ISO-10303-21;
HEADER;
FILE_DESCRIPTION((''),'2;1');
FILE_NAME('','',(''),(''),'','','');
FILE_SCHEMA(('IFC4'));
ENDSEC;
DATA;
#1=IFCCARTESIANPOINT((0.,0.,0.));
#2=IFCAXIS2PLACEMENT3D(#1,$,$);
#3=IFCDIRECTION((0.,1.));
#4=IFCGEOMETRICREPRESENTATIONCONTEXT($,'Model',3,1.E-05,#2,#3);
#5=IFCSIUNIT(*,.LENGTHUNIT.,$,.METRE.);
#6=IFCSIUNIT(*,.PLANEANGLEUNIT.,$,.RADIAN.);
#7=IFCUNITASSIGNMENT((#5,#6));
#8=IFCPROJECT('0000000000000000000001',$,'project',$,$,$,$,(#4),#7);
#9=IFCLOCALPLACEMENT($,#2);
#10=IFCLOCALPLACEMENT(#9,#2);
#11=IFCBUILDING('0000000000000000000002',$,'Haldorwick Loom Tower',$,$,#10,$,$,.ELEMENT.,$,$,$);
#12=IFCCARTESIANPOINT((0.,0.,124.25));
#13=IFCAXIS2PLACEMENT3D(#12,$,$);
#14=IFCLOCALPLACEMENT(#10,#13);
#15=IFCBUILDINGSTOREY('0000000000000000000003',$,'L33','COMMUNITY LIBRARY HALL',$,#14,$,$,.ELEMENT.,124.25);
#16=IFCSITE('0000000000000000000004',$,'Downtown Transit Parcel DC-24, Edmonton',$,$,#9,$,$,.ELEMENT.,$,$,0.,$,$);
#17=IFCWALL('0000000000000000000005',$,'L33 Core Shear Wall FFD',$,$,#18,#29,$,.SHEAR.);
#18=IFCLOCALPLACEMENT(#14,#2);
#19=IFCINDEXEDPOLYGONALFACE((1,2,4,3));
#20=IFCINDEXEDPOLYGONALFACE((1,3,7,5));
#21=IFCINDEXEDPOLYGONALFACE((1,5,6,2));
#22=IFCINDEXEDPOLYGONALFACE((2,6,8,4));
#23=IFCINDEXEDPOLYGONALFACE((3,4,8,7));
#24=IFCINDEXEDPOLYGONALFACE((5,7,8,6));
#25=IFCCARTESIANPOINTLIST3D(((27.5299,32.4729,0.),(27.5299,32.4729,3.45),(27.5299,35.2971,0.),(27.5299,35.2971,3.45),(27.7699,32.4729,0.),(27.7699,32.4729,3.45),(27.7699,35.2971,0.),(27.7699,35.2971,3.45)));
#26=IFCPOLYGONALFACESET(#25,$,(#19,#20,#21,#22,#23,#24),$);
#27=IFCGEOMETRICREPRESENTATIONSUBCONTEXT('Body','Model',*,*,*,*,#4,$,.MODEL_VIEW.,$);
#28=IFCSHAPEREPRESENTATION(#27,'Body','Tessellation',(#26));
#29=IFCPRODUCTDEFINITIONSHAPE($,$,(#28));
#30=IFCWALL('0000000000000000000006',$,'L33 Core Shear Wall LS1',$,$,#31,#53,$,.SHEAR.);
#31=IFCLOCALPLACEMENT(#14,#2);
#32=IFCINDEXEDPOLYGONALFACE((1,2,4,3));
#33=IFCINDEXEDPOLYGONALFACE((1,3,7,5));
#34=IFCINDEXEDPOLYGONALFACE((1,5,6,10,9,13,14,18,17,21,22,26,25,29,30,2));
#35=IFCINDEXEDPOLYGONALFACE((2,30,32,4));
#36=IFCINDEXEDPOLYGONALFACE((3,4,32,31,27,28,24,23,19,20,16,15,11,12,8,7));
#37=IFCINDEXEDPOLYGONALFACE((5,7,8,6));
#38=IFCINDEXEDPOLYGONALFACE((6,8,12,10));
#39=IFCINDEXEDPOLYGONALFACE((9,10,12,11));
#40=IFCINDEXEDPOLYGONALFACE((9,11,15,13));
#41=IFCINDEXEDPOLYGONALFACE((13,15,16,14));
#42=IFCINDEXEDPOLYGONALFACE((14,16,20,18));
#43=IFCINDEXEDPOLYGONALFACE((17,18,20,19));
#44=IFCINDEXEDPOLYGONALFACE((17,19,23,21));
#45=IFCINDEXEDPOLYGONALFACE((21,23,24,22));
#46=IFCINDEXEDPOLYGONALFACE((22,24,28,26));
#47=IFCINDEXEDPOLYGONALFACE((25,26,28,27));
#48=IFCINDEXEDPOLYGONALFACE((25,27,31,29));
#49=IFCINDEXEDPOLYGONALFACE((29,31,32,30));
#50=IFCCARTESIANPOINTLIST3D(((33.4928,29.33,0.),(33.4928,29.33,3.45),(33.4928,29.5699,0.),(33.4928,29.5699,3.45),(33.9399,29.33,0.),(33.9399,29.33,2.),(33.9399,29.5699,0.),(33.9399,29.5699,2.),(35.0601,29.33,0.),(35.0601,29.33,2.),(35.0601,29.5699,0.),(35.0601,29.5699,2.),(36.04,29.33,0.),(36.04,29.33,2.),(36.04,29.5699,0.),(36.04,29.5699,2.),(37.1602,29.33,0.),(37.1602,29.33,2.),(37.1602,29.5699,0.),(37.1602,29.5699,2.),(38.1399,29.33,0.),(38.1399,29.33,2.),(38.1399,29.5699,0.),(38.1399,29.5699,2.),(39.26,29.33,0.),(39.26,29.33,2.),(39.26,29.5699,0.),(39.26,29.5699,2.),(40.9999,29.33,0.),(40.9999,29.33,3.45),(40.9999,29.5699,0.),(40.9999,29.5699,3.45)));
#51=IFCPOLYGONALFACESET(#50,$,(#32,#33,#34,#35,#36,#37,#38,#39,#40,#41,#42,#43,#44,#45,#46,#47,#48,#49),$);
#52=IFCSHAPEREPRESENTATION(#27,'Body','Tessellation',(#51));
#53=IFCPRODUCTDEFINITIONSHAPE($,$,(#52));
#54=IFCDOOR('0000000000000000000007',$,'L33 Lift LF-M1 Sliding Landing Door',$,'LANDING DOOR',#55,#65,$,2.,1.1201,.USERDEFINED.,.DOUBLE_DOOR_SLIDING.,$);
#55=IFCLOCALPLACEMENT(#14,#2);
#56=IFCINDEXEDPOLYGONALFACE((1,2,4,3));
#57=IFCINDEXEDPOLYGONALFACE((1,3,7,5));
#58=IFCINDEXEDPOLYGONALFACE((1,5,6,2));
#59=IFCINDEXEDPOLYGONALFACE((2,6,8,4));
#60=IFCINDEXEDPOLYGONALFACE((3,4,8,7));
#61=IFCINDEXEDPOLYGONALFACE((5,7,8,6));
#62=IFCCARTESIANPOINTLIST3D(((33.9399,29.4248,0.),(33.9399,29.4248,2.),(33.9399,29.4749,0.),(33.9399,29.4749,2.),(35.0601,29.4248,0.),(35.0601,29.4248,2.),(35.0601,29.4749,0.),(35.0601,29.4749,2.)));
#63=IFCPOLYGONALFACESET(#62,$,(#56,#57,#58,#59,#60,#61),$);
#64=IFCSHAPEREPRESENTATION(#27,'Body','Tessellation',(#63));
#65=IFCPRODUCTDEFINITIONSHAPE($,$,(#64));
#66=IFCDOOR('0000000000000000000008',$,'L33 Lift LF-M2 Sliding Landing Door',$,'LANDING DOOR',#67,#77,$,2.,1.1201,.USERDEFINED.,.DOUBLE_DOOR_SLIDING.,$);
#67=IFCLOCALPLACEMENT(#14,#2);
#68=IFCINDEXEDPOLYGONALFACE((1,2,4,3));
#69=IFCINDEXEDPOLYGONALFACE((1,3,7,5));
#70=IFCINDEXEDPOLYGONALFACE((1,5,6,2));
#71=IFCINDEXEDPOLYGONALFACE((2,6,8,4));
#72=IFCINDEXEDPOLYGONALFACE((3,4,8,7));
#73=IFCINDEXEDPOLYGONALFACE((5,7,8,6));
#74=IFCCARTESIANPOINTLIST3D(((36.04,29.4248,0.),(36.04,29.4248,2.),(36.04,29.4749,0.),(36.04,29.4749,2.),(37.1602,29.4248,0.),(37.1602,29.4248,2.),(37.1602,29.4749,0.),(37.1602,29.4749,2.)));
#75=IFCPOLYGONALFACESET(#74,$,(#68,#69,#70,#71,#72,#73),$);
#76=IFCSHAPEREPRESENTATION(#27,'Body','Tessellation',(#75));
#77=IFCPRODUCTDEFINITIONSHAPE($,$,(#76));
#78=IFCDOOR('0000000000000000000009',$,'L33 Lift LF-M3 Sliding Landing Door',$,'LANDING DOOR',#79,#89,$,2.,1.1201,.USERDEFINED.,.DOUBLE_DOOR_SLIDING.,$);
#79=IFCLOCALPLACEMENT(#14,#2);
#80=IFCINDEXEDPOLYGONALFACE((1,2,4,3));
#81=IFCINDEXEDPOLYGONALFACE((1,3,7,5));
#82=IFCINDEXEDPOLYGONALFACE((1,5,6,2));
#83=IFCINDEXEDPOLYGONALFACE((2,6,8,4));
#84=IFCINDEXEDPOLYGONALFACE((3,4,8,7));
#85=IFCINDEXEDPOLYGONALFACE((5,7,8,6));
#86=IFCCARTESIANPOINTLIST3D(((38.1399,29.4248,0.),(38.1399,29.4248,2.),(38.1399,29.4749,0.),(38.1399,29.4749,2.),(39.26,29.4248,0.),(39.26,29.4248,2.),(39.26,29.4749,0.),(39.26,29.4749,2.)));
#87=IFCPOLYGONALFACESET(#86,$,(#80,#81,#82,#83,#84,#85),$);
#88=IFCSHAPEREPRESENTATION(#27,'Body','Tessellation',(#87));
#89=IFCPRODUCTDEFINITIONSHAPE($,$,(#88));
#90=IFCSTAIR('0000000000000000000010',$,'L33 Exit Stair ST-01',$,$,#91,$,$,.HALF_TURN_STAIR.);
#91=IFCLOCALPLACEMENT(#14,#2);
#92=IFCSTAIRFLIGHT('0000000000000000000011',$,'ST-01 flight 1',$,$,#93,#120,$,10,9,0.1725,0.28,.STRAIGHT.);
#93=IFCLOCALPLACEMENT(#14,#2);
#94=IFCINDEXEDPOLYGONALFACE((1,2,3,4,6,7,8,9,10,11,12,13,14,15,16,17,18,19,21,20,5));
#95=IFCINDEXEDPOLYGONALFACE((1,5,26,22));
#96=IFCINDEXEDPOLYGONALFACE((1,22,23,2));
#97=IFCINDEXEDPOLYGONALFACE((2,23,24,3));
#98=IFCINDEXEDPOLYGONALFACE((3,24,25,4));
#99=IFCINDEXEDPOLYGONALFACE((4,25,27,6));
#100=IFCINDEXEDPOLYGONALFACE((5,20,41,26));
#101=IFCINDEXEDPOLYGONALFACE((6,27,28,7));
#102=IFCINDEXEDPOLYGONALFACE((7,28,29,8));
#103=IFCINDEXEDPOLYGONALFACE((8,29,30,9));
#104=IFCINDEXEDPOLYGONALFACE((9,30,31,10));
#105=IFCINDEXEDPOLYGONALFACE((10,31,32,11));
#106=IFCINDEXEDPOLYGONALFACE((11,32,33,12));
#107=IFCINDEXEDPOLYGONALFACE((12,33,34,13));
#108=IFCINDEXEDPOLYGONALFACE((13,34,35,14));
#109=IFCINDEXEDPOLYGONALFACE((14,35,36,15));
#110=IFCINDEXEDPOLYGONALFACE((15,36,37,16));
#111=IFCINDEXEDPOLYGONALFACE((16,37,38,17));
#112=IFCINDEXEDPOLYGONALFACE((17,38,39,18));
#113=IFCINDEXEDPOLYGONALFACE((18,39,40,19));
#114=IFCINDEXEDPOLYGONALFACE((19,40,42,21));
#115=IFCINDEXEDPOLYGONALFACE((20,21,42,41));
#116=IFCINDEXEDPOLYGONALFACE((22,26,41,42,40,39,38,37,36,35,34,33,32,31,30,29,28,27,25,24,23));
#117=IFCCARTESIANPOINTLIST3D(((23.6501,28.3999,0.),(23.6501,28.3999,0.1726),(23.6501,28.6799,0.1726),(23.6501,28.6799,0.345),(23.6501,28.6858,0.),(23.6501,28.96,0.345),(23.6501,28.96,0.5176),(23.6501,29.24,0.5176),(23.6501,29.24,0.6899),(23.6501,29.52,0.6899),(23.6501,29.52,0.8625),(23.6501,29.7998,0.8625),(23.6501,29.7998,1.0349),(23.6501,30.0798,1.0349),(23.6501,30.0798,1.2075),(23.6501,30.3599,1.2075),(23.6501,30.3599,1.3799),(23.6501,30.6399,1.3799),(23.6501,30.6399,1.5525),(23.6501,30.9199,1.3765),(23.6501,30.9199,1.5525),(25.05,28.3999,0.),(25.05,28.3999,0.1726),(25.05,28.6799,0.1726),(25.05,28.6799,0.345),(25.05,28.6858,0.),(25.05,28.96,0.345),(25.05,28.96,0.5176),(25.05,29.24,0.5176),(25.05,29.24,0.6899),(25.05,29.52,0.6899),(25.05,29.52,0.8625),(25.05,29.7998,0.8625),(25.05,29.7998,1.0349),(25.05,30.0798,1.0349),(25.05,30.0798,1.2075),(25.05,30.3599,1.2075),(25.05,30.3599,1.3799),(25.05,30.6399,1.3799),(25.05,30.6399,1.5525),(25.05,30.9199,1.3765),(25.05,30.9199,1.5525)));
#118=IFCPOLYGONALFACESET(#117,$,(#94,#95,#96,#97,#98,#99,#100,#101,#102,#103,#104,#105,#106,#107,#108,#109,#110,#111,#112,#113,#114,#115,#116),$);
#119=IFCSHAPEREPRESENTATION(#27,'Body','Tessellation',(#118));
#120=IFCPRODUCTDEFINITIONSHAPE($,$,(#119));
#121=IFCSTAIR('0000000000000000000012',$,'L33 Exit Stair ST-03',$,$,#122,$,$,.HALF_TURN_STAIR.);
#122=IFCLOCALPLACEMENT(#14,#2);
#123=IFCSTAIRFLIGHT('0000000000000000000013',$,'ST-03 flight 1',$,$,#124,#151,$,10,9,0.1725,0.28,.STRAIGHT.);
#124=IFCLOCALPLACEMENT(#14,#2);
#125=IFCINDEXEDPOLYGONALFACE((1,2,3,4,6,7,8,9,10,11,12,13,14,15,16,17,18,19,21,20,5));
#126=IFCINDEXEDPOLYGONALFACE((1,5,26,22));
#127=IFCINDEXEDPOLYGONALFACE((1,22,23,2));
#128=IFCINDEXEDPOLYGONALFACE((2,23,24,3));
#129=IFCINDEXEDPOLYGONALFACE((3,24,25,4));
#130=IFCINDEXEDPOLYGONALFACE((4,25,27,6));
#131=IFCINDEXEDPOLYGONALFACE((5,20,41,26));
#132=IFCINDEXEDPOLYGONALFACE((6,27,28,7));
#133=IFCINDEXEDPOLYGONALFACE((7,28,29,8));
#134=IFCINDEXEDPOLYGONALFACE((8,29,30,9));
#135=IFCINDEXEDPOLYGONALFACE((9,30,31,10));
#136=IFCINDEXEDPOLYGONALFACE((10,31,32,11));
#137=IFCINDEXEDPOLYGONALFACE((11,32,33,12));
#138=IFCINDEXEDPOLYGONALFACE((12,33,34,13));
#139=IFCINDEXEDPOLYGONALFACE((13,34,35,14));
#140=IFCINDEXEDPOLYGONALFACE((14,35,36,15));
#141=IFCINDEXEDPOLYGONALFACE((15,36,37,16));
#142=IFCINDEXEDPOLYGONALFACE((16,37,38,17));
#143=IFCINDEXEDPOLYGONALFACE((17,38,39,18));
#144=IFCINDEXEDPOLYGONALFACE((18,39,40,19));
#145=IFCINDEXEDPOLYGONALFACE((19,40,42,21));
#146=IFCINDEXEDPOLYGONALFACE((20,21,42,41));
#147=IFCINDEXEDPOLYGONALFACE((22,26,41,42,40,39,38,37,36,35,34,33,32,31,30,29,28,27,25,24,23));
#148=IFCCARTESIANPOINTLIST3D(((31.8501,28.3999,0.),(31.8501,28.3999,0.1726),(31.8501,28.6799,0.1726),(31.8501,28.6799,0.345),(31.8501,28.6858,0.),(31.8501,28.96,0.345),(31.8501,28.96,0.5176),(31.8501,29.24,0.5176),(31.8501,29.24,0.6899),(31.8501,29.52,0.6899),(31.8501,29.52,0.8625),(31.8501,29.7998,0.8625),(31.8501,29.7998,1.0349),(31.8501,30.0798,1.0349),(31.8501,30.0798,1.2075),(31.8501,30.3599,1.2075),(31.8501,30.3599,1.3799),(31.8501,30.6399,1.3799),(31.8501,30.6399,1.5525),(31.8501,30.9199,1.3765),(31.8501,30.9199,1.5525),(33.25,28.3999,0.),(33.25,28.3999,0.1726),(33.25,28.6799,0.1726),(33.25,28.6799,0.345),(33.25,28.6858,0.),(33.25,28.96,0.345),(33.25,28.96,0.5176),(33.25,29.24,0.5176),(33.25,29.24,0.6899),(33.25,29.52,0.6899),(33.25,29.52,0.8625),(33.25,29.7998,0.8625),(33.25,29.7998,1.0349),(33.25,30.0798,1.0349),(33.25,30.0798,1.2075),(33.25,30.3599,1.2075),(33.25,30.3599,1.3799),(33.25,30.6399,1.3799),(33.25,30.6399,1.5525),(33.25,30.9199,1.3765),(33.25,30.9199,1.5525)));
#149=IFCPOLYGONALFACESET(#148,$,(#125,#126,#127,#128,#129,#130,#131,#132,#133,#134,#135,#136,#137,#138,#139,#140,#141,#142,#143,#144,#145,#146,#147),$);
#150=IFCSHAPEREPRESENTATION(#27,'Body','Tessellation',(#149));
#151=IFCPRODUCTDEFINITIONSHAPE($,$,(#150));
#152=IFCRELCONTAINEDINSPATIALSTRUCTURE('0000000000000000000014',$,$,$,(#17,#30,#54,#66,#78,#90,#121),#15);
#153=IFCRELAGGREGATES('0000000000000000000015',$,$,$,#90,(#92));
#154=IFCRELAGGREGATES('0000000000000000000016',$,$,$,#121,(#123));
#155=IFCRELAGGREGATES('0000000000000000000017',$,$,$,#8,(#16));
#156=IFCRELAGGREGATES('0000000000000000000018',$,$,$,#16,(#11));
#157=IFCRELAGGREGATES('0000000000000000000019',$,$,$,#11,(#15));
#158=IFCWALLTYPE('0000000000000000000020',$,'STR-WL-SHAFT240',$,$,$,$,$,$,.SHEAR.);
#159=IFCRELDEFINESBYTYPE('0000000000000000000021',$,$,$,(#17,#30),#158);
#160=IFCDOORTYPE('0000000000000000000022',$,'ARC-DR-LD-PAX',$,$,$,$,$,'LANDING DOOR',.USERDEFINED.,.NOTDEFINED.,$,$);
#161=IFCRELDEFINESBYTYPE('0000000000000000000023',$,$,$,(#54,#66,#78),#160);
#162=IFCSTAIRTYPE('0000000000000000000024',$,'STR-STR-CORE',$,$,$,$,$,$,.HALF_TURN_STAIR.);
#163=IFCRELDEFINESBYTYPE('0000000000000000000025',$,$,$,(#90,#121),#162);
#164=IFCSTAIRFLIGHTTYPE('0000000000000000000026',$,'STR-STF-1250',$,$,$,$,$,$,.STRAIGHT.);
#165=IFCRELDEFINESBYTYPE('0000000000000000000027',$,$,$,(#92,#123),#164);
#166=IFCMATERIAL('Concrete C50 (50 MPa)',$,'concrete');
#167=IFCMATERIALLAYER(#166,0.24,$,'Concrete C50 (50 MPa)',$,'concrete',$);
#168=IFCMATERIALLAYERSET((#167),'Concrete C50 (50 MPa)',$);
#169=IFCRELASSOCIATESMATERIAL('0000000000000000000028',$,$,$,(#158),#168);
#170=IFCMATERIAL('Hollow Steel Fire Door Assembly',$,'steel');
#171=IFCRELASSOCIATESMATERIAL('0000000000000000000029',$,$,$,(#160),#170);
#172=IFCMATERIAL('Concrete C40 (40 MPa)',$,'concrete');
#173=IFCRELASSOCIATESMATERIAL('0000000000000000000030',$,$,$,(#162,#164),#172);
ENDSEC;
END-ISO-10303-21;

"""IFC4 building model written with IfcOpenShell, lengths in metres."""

from ifc_helpers import new_model, si_unit, direction, frame, frame_2d, origin, place, context, subcontext, project, spatial, polyline, rectangle, outline, extrude, material, layer, layer_set, type_object, element, fill, aggregate, save


model = new_model("IFC4")

# Units and contexts
model_context = context("Model", 3, precision=1e-05, world=origin(), true_north=direction((0.0, 1.0)))
body_context = subcontext(model_context, "Body", "Model", "MODEL_VIEW")
ifc_project = project(units=[si_unit("LENGTHUNIT", "METRE"), si_unit("PLANEANGLEUNIT", "RADIAN")], contexts=[model_context])

# Site, building, storey
site_placement = place(None, origin())
site = spatial("IfcSite", under=ifc_project, at=site_placement, Name="Downtown Transit Parcel DC-24, Edmonton", CompositionType="ELEMENT", RefElevation=0.0)
building_placement = place(site_placement, origin())
building = spatial("IfcBuilding", under=site, at=building_placement, Name="Haldorwick Loom Tower", CompositionType="ELEMENT")
storey_placement = place(building_placement, frame((0.0, 0.0, 124.25)))
storey = spatial("IfcBuildingStorey", under=building, at=storey_placement, Name="L33", Description="COMMUNITY LIBRARY HALL", CompositionType="ELEMENT", Elevation=124.25)

# Shared definitions
ifc_material_1 = material(Name="Concrete C50 (50 MPa)", Category="concrete")
ifc_layer = layer(ifc_material_1, 0.24, Name="Concrete C50 (50 MPa)", Category="concrete")
ifc_layer_set = layer_set([ifc_layer], Name="Concrete C50 (50 MPa)")
wall_type = type_object("IfcWallType", Name="STR-WL-SHAFT240", PredefinedType="SHEAR", material=ifc_layer_set)

# Shared definitions
ifc_material_2 = material(Name="Hollow Steel Fire Door Assembly", Category="steel")

# Wall
wall_1_placement = place(storey_placement, frame((27.6499, 32.4729, 0.0), z_axis=(0.0, 0.0, 1.0), x_axis=(0.0, 1.0, 0.0)))
element("IfcWall", 1, at=wall_1_placement, inside=storey, type_object=wall_type, Name="L33 Core Shear Wall FFD", PredefinedType="SHEAR", context=body_context, shape_type="SweptSolid", body=[
    extrude(rectangle(XDim=2.8242, YDim=0.24, at=frame_2d((1.4121, 0.0))), origin(), (0.0, 0.0, 1.0), 3.45),
])

# Wall, openings, doors
wall_2_placement = place(storey_placement, frame((33.4929, 29.45, 0.0), z_axis=(0.0, 0.0, 1.0), x_axis=(1.0, 0.0, 0.0)))
wall_2 = element("IfcWall", 2, at=wall_2_placement, inside=storey, type_object=wall_type, Name="L33 Core Shear Wall LS1", PredefinedType="SHEAR", context=body_context, shape_type="SweptSolid", body=[
    extrude(rectangle(XDim=7.5071, YDim=0.24, at=frame_2d((3.7534, 0.0))), origin(), (0.0, 0.0, 1.0), 3.45),
])
opening_1_placement = place(wall_2_placement, frame((0.447, 0.0, 0.0)))
opening_1 = element("IfcOpeningElement", 3, at=opening_1_placement, cuts=wall_2, PredefinedType="OPENING", context=body_context, shape_type="SweptSolid", body=[
    extrude(rectangle(XDim=1.1201, YDim=2.0, at=frame_2d((0.5601, 1.0))), frame((0.0, 0.1299, 0.0), z_axis=(0.0, -1.0, 0.0), x_axis=(1.0, 0.0, 0.0)), (0.0, 0.0, 1.0), 0.26),
])
opening_2_placement = place(wall_2_placement, frame((2.5471, 0.0, 0.0)))
opening_2 = element("IfcOpeningElement", 4, at=opening_2_placement, cuts=wall_2, PredefinedType="OPENING", context=body_context, shape_type="SweptSolid", body=[
    extrude(rectangle(XDim=1.1201, YDim=2.0, at=frame_2d((0.5601, 1.0))), frame((0.0, 0.1299, 0.0), z_axis=(0.0, -1.0, 0.0), x_axis=(1.0, 0.0, 0.0)), (0.0, 0.0, 1.0), 0.26),
])
opening_3_placement = place(wall_2_placement, frame((4.647, 0.0, 0.0)))
opening_3 = element("IfcOpeningElement", 5, at=opening_3_placement, cuts=wall_2, PredefinedType="OPENING", context=body_context, shape_type="SweptSolid", body=[
    extrude(rectangle(XDim=1.1201, YDim=2.0, at=frame_2d((0.5601, 1.0))), frame((0.0, 0.1299, 0.0), z_axis=(0.0, -1.0, 0.0), x_axis=(1.0, 0.0, 0.0)), (0.0, 0.0, 1.0), 0.26),
])
door_type_1 = type_object("IfcDoorType", Name="ARC-DR-LD-PAX", ElementType="LANDING DOOR", OperationType="NOTDEFINED", PredefinedType="USERDEFINED", material=ifc_material_2)
door_1_placement = place(opening_1_placement, origin())
door_1 = element("IfcDoor", 6, at=door_1_placement, inside=storey, type_object=door_type_1, Name="L33 Lift LF-M1 Sliding Landing Door", ObjectType="LANDING DOOR", OperationType="DOUBLE_DOOR_SLIDING", OverallHeight=2.0, OverallWidth=1.1201, PredefinedType="USERDEFINED", context=body_context, shape_type="SweptSolid", body=[
    extrude(rectangle(XDim=1.1201, YDim=2.0, at=frame_2d((0.5601, 1.0))), frame((0.0, 0.0249, 0.0), z_axis=(0.0, -1.0, 0.0), x_axis=(1.0, 0.0, 0.0)), (0.0, 0.0, 1.0), 0.05),
])
fill(opening_1, door_1)
door_2_placement = place(opening_2_placement, origin())
door_2 = element("IfcDoor", 7, at=door_2_placement, inside=storey, type_object=door_type_1, Name="L33 Lift LF-M2 Sliding Landing Door", ObjectType="LANDING DOOR", OperationType="DOUBLE_DOOR_SLIDING", OverallHeight=2.0, OverallWidth=1.1201, PredefinedType="USERDEFINED", context=body_context, shape_type="SweptSolid", body=[
    extrude(rectangle(XDim=1.1201, YDim=2.0, at=frame_2d((0.5601, 1.0))), frame((0.0, 0.0249, 0.0), z_axis=(0.0, -1.0, 0.0), x_axis=(1.0, 0.0, 0.0)), (0.0, 0.0, 1.0), 0.05),
])
fill(opening_2, door_2)
door_3_placement = place(opening_3_placement, origin())
door_3 = element("IfcDoor", 8, at=door_3_placement, inside=storey, type_object=door_type_1, Name="L33 Lift LF-M3 Sliding Landing Door", ObjectType="LANDING DOOR", OperationType="DOUBLE_DOOR_SLIDING", OverallHeight=2.0, OverallWidth=1.1201, PredefinedType="USERDEFINED", context=body_context, shape_type="SweptSolid", body=[
    extrude(rectangle(XDim=1.1201, YDim=2.0, at=frame_2d((0.5601, 1.0))), frame((0.0, 0.0249, 0.0), z_axis=(0.0, -1.0, 0.0), x_axis=(1.0, 0.0, 0.0)), (0.0, 0.0, 1.0), 0.05),
])
fill(opening_3, door_3)

# Stair, stair flight
ifc_material_3 = material(Name="Concrete C40 (40 MPa)", Category="concrete")
stair_type = type_object("IfcStairType", Name="STR-STR-CORE", PredefinedType="HALF_TURN_STAIR", material=ifc_material_3)
stair_1_placement = place(storey_placement, origin())
stair_1 = element("IfcStair", 9, at=stair_1_placement, inside=storey, type_object=stair_type, Name="L33 Exit Stair ST-01", PredefinedType="HALF_TURN_STAIR")
stair_flight_type = type_object("IfcStairFlightType", Name="STR-STF-1250", PredefinedType="STRAIGHT", material=ifc_material_3)
stair_flight_1_placement = place(storey_placement, frame((24.3501, 28.3999, 0.0), z_axis=(0.0, 0.0, 1.0), x_axis=(0.0, 1.0, 0.0)))
stair_flight_1 = element("IfcStairFlight", 10, at=stair_flight_1_placement, type_object=stair_flight_type, Name="ST-01 flight 1", NumberOfRisers=10, NumberOfTreads=9, PredefinedType="STRAIGHT", RiserHeight=0.1725, TreadLength=0.28, context=body_context, shape_type="SweptSolid", body=[
    extrude(outline(polyline([(0.0, 0.0), (0.0, 0.1726), (0.28, 0.1726), (0.28, 0.345), (0.5601, 0.345), (0.5601, 0.5176), (0.8401, 0.5176), (0.8401, 0.6899), (1.1201, 0.6899), (1.1201, 0.8625), (1.3999, 0.8625), (1.3999, 1.0349), (1.6799, 1.0349), (1.6799, 1.2075), (1.96, 1.2075), (1.96, 1.3799), (2.24, 1.3799), (2.24, 1.5525), (2.52, 1.5525), (2.52, 1.7251), (2.52, 1.3765), (0.2859, 0.0), (0.0, 0.0)])), frame((0.0, 0.7, 0.0), z_axis=(0.0, -1.0, 0.0), x_axis=(1.0, 0.0, 0.0)), (0.0, 0.0, 1.0), 1.3999),
])
aggregate(stair_1, [stair_flight_1])

# Stair, stair flight
stair_2_placement = place(storey_placement, origin())
stair_2 = element("IfcStair", 11, at=stair_2_placement, inside=storey, type_object=stair_type, Name="L33 Exit Stair ST-03", PredefinedType="HALF_TURN_STAIR")
stair_flight_2_placement = place(storey_placement, frame((32.55, 28.3999, 0.0), z_axis=(0.0, 0.0, 1.0), x_axis=(0.0, 1.0, 0.0)))
stair_flight_2 = element("IfcStairFlight", 12, at=stair_flight_2_placement, type_object=stair_flight_type, Name="ST-03 flight 1", NumberOfRisers=10, NumberOfTreads=9, PredefinedType="STRAIGHT", RiserHeight=0.1725, TreadLength=0.28, context=body_context, shape_type="SweptSolid", body=[
    extrude(outline(polyline([(0.0, 0.0), (0.0, 0.1726), (0.28, 0.1726), (0.28, 0.345), (0.5601, 0.345), (0.5601, 0.5176), (0.8401, 0.5176), (0.8401, 0.6899), (1.1201, 0.6899), (1.1201, 0.8625), (1.3999, 0.8625), (1.3999, 1.0349), (1.6799, 1.0349), (1.6799, 1.2075), (1.96, 1.2075), (1.96, 1.3799), (2.24, 1.3799), (2.24, 1.5525), (2.52, 1.5525), (2.52, 1.7251), (2.52, 1.3765), (0.2859, 0.0), (0.0, 0.0)])), frame((0.0, 0.7, 0.0), z_axis=(0.0, -1.0, 0.0), x_axis=(1.0, 0.0, 0.0)), (0.0, 0.0, 1.0), 1.3999),
])
aggregate(stair_2, [stair_flight_2])

save(model, "model.ifc")
